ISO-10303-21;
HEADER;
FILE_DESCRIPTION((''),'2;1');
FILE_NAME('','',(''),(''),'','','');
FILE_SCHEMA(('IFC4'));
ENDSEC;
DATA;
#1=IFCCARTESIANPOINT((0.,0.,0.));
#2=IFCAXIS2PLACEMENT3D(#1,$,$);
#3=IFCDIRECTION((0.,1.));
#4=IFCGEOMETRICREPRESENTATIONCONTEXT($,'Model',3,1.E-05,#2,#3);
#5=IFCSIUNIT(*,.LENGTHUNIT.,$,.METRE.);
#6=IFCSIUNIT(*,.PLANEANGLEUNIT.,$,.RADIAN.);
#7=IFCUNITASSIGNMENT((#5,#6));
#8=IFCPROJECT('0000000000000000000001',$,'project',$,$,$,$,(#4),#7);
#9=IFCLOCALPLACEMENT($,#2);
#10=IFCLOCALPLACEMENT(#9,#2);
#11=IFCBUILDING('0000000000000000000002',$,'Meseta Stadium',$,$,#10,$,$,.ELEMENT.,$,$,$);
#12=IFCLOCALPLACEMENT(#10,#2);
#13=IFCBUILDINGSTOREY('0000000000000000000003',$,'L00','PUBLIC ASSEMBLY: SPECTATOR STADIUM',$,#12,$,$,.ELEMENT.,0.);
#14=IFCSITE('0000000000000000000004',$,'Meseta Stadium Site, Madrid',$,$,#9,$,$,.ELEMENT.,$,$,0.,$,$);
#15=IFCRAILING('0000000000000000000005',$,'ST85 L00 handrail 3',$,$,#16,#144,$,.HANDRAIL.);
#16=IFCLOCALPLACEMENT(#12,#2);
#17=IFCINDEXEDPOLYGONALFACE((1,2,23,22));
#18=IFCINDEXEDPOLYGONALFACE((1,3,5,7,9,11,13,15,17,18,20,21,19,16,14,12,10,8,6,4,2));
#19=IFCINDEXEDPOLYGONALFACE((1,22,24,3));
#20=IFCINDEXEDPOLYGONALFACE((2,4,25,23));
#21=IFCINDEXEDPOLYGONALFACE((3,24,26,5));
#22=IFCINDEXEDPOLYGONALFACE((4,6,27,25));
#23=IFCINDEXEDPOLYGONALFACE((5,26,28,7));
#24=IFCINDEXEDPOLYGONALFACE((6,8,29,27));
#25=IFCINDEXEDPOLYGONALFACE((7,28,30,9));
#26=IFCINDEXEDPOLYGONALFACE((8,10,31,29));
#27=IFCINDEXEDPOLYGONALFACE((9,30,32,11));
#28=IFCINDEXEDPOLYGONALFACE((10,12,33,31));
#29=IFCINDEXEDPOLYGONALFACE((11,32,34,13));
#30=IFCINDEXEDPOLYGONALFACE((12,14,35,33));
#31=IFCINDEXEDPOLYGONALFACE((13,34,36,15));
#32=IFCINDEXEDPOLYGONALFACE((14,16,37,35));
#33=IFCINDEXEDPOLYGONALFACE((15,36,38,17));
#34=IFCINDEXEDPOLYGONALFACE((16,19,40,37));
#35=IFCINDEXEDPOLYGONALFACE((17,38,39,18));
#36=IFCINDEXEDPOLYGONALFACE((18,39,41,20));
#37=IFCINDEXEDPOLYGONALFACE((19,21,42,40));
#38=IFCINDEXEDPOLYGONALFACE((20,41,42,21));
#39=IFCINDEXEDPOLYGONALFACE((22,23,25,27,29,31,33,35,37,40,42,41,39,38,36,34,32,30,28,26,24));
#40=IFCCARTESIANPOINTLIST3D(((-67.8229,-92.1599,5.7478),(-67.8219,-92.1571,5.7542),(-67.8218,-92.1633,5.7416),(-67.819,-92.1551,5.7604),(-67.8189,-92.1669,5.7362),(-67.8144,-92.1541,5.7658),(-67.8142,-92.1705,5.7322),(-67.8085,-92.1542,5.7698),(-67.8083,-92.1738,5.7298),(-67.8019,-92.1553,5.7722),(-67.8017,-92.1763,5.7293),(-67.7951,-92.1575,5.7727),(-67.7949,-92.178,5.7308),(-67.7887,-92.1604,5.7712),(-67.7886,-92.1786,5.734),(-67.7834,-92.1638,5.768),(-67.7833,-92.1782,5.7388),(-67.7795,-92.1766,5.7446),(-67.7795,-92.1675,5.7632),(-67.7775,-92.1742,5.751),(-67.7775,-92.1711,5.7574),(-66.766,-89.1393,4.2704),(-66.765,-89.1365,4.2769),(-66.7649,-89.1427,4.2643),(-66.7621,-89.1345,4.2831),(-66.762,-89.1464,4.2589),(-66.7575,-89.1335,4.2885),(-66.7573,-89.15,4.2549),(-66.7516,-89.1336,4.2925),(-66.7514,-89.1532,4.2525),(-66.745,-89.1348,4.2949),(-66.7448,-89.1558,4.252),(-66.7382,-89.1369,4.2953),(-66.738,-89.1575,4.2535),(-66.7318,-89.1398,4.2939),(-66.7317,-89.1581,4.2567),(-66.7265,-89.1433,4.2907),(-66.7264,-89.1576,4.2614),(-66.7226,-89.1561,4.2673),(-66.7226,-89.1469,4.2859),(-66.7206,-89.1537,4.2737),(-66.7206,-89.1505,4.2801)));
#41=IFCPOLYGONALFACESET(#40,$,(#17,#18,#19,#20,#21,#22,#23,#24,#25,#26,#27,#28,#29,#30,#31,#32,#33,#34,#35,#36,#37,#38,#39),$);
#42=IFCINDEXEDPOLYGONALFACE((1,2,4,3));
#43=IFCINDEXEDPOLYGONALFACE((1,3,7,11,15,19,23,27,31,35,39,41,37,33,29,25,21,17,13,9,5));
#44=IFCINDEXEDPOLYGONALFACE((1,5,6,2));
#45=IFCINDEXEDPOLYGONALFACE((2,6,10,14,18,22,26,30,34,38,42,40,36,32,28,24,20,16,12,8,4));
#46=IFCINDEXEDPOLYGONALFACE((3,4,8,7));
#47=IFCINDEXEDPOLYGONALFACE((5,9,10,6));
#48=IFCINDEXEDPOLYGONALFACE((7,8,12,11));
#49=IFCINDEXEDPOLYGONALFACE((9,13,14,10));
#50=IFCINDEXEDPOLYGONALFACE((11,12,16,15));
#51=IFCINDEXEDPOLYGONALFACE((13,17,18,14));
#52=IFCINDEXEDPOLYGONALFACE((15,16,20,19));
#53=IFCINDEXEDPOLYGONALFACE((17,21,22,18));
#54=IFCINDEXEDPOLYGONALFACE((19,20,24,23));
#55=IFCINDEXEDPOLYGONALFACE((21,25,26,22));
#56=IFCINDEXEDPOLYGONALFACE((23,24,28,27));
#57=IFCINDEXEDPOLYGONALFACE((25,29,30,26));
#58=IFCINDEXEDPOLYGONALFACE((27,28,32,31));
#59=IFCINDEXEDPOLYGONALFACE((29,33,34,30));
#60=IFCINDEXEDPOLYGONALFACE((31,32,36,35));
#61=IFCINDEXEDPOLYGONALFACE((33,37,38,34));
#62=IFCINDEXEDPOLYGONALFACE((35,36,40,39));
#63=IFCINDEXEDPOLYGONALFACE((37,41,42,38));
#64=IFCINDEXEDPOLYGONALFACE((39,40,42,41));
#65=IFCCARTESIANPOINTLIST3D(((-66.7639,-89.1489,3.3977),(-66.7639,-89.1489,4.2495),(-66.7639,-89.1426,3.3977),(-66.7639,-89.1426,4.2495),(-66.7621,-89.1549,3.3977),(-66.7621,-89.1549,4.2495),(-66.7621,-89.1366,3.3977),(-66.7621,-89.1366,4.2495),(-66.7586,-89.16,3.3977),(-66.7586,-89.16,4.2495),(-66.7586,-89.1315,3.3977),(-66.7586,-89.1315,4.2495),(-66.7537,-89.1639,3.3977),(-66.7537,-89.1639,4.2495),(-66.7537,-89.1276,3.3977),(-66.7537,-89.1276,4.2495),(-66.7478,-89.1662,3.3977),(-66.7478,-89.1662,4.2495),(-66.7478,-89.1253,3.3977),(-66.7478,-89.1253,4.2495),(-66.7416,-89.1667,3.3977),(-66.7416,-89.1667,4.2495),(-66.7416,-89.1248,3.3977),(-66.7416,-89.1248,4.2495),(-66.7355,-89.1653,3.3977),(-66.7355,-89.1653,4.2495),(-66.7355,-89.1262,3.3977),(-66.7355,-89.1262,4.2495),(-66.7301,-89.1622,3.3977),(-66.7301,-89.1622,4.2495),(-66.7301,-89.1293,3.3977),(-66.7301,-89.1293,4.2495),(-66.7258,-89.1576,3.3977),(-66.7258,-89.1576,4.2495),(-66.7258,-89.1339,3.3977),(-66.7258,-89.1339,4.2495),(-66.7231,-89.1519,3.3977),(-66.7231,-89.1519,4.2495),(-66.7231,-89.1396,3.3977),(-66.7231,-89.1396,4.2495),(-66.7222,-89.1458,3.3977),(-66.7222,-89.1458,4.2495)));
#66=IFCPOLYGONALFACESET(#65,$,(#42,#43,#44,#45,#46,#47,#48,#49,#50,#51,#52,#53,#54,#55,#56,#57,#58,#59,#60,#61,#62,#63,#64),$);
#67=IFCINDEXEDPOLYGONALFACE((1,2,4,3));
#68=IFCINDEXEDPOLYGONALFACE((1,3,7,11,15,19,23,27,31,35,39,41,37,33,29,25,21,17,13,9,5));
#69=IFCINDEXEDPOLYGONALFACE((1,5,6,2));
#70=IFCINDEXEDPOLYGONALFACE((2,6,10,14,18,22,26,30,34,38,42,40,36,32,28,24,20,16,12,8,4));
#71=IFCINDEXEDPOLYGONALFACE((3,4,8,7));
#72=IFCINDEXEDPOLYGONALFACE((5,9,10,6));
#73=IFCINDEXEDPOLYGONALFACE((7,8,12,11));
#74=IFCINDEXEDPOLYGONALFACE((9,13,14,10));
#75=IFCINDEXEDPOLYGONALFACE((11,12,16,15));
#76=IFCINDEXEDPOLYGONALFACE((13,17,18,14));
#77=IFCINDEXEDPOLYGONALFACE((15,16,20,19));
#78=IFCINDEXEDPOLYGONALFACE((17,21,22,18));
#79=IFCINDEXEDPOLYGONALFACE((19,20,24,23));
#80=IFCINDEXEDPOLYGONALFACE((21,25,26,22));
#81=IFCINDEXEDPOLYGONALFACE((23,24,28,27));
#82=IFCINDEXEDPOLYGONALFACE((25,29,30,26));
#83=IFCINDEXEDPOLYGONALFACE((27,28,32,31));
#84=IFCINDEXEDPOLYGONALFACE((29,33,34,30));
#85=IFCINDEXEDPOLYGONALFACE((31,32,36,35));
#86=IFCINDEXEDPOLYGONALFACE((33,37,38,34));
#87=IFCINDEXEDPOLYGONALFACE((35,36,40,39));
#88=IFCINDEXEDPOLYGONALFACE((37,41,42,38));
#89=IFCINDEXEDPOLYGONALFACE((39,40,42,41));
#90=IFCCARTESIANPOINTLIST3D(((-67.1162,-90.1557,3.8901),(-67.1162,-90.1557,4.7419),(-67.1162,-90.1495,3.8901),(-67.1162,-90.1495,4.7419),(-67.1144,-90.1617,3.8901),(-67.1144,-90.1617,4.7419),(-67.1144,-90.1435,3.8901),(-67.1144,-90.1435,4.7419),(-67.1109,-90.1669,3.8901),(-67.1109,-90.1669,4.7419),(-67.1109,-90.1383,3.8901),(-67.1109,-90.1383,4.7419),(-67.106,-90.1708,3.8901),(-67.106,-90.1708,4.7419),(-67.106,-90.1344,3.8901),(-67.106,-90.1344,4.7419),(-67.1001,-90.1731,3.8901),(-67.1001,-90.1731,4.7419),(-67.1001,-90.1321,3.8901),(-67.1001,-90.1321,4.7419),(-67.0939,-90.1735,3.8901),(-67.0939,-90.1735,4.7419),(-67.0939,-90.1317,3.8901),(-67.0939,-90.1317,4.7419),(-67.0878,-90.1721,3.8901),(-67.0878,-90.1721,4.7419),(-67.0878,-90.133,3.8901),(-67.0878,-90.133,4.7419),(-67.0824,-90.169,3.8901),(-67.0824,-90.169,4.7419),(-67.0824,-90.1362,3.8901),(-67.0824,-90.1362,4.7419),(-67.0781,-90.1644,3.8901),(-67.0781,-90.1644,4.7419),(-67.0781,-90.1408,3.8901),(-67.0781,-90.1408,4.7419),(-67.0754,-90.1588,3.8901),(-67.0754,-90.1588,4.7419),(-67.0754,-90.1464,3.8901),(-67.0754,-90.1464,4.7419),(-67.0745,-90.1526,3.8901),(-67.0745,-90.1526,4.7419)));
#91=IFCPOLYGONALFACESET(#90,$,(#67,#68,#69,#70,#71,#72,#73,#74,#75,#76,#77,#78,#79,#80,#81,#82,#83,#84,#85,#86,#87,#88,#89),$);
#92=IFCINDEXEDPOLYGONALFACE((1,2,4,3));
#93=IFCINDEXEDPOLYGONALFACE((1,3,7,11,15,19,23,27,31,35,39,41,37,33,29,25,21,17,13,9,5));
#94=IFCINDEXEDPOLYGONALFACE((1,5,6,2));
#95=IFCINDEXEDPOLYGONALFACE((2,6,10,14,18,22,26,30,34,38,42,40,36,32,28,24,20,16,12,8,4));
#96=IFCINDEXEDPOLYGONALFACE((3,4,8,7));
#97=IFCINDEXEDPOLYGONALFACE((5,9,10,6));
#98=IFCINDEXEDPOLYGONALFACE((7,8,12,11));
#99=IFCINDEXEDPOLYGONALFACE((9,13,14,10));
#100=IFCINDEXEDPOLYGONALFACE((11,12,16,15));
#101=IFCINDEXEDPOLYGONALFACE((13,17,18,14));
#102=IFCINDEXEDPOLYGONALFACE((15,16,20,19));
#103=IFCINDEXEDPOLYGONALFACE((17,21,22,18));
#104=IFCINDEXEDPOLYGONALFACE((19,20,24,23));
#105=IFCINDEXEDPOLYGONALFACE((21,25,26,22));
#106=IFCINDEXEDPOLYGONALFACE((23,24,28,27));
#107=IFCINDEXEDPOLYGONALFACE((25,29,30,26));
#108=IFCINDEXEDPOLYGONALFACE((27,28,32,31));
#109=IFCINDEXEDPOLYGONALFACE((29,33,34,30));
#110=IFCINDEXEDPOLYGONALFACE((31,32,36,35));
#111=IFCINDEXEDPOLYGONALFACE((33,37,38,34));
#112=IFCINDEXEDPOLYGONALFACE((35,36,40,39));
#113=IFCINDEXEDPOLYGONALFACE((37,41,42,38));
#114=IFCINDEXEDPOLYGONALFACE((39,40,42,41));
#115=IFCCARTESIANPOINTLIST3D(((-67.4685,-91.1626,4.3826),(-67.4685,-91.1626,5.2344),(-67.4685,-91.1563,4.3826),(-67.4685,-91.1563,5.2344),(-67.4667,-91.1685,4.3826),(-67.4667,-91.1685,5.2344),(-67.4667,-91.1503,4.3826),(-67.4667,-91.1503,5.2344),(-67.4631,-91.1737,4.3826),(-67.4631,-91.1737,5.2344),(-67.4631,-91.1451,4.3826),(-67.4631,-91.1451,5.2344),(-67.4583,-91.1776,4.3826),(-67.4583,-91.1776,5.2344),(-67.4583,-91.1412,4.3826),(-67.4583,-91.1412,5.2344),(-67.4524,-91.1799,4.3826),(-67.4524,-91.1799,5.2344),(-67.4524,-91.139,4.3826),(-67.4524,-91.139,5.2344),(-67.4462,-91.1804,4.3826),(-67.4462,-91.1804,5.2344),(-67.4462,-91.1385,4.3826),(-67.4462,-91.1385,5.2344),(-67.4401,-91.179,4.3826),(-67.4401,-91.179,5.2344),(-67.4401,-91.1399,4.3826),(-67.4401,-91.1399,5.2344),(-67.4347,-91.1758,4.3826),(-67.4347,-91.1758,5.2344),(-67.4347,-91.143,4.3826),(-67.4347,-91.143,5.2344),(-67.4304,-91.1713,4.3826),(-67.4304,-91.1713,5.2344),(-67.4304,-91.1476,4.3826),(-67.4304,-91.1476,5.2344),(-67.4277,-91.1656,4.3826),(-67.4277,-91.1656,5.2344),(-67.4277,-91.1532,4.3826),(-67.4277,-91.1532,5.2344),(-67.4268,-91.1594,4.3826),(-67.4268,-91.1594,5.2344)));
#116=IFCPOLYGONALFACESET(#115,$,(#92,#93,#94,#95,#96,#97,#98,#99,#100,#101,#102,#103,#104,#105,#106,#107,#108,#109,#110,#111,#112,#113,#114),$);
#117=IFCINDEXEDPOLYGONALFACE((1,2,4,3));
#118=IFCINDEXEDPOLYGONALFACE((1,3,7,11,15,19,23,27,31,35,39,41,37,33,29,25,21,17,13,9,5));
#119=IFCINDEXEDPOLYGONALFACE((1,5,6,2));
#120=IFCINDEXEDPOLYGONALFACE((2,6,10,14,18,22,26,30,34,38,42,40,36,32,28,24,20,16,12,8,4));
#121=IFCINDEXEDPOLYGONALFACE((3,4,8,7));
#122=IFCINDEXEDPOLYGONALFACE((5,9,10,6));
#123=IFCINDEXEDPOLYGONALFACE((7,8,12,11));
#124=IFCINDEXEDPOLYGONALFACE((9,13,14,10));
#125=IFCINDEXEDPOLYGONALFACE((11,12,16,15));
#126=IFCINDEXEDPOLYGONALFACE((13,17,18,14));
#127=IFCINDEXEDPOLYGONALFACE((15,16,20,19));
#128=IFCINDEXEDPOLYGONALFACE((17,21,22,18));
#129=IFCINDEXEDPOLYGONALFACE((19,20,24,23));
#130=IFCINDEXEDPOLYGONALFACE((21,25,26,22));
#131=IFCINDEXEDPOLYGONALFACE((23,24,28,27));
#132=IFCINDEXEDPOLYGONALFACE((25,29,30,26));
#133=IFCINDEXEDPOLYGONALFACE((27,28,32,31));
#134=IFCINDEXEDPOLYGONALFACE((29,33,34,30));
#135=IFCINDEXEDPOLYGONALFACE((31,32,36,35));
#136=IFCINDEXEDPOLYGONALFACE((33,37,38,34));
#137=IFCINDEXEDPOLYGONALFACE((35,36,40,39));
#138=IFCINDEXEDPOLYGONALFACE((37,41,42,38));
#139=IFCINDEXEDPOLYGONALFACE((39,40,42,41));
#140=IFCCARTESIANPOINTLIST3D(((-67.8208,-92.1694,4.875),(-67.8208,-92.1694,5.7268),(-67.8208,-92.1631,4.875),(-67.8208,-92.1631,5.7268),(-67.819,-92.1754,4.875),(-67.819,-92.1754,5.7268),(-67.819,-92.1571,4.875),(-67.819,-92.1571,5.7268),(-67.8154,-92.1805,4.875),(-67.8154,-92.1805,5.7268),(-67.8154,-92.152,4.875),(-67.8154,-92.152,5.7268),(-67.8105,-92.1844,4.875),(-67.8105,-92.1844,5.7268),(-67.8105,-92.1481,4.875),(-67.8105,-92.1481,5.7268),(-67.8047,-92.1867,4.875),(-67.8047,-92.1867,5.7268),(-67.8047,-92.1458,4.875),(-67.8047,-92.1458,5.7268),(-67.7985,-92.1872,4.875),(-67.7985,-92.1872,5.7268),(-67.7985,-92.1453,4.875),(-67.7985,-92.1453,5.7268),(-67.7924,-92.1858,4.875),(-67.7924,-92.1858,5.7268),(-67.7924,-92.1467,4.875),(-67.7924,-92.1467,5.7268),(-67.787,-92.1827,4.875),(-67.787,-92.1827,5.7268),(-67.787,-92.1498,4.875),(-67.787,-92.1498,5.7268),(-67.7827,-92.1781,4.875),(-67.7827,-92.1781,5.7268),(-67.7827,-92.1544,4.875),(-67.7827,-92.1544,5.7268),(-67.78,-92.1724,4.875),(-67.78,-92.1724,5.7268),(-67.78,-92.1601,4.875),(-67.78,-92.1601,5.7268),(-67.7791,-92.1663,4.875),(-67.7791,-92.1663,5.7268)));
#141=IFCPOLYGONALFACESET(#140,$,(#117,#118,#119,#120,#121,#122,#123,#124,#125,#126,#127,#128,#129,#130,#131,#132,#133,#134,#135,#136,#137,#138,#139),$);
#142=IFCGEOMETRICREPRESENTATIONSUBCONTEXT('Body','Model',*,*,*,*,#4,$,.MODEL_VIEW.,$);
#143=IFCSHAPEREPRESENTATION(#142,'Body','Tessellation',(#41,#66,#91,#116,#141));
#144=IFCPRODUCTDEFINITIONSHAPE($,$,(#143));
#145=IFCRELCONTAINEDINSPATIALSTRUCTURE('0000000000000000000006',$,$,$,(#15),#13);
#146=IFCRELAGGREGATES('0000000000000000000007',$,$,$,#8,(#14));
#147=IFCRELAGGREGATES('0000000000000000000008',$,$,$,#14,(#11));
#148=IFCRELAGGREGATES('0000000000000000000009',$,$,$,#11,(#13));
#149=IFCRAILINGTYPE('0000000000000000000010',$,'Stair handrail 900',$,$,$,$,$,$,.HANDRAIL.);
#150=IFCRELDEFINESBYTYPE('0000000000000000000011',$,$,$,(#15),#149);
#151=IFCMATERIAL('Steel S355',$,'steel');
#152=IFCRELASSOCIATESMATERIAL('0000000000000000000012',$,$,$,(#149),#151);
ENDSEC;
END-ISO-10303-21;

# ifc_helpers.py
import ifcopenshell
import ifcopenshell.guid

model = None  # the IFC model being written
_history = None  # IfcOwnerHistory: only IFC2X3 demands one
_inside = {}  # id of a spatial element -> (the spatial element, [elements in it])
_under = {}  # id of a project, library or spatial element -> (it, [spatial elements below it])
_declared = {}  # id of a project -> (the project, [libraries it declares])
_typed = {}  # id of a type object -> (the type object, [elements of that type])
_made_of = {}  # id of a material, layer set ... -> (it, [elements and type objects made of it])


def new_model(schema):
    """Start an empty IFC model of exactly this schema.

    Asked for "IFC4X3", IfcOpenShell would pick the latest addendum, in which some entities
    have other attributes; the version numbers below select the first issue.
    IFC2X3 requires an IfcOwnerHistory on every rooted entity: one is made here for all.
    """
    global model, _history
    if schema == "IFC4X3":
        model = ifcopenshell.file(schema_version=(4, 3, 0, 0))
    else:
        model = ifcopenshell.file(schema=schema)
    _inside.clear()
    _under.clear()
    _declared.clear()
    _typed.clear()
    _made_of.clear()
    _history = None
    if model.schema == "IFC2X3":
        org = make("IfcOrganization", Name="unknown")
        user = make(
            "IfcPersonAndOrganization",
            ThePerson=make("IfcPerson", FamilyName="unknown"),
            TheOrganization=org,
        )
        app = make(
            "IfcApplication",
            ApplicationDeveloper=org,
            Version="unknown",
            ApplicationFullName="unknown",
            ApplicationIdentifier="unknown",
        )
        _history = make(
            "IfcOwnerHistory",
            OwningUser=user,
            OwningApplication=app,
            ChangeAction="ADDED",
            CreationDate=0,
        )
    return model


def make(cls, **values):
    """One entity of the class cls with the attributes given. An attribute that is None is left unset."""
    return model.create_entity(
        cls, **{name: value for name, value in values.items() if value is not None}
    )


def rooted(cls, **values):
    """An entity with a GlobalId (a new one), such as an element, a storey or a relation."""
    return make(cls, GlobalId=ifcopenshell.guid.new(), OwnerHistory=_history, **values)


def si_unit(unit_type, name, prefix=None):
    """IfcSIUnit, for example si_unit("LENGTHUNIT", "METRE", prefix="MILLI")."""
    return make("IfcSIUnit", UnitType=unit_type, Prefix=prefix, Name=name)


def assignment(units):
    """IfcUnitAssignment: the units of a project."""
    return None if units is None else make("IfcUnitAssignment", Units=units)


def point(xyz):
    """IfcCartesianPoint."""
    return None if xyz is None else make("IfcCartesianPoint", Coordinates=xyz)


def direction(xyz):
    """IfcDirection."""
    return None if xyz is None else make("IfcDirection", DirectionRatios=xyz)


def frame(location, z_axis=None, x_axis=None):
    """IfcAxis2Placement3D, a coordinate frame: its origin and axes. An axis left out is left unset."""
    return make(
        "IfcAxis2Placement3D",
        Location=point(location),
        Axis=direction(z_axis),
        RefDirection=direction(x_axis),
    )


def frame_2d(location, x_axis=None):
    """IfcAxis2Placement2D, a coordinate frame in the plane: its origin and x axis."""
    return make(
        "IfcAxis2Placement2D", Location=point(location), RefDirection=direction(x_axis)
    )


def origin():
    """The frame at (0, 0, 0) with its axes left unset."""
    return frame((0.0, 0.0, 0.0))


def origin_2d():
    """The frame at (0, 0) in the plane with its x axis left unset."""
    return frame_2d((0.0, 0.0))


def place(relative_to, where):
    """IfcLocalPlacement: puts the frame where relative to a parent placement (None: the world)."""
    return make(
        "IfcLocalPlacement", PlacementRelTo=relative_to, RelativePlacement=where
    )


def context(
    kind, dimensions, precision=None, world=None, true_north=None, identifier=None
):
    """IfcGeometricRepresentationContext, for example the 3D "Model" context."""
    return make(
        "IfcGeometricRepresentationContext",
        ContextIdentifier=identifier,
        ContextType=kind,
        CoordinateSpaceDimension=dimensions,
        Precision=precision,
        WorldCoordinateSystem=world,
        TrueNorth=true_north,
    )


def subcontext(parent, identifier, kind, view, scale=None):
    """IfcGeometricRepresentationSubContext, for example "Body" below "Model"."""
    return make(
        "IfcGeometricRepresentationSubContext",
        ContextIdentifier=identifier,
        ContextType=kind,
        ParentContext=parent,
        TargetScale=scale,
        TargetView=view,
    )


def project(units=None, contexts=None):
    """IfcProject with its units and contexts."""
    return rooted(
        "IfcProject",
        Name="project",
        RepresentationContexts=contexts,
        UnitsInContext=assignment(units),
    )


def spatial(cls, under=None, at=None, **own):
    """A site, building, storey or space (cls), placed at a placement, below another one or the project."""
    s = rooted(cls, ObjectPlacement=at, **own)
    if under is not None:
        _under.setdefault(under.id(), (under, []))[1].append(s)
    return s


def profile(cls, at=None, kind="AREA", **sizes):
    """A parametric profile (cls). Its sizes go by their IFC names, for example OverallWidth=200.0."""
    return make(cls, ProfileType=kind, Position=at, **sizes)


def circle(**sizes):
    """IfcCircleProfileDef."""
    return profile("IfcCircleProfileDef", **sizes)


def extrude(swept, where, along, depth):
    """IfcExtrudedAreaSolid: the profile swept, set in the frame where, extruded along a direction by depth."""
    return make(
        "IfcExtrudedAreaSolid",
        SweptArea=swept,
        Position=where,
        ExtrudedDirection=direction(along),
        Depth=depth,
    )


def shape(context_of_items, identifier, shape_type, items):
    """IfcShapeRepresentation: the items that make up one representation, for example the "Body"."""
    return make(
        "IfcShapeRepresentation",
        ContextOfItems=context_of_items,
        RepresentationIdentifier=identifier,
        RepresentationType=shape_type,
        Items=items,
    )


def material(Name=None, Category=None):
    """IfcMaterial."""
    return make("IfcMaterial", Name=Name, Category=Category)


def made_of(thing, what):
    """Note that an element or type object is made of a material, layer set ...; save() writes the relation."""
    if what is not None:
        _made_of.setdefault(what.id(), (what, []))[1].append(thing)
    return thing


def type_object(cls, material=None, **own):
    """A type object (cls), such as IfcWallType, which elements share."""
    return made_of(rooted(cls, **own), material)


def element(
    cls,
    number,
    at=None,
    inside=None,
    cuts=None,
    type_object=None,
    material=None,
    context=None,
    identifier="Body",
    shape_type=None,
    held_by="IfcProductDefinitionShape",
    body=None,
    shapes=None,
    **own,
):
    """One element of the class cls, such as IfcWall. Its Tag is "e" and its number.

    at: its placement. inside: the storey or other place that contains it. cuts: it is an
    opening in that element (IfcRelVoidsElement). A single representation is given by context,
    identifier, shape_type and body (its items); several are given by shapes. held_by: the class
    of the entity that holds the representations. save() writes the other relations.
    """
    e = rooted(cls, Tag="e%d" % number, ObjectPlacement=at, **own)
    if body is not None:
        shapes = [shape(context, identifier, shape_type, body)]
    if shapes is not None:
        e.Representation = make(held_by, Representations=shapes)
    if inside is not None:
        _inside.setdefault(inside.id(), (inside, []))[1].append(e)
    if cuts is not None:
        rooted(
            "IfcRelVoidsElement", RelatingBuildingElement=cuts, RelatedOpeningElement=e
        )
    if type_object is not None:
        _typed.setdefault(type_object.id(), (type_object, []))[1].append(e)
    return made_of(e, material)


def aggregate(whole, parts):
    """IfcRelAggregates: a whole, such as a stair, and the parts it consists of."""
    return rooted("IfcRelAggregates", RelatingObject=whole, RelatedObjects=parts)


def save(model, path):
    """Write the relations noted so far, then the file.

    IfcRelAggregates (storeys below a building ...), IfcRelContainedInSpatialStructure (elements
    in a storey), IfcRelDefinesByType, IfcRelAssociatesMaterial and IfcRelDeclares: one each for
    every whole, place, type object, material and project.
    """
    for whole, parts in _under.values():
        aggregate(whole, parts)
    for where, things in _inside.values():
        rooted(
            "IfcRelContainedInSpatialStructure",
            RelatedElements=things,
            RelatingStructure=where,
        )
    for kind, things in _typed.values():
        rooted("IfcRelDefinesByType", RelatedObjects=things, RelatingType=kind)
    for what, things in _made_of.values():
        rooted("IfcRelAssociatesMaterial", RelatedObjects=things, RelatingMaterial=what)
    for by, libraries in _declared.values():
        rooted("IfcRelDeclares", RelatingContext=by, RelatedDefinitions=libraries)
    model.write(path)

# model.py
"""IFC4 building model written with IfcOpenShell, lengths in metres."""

from ifc_helpers import new_model, si_unit, direction, frame, origin, origin_2d, place, context, subcontext, project, spatial, circle, extrude, material, type_object, element, save


model = new_model("IFC4")

# Units and contexts
model_context = context("Model", 3, precision=1e-05, world=origin(), true_north=direction((0.0, 1.0)))
body_context = subcontext(model_context, "Body", "Model", "MODEL_VIEW")
ifc_project = project(units=[si_unit("LENGTHUNIT", "METRE"), si_unit("PLANEANGLEUNIT", "RADIAN")], contexts=[model_context])

# Site, building, storey
site_placement = place(None, origin())
site = spatial("IfcSite", under=ifc_project, at=site_placement, Name="Meseta Stadium Site, Madrid", CompositionType="ELEMENT", RefElevation=0.0)
building_placement = place(site_placement, origin())
building = spatial("IfcBuilding", under=site, at=building_placement, Name="Meseta Stadium", CompositionType="ELEMENT")
storey_placement = place(building_placement, origin())
storey = spatial("IfcBuildingStorey", under=building, at=storey_placement, Name="L00", Description="PUBLIC ASSEMBLY: SPECTATOR STADIUM", CompositionType="ELEMENT", Elevation=0.0)

# Railing
ifc_material_1 = material(Name="Steel S355", Category="steel")
railing_type_1 = type_object("IfcRailingType", Name="Stair handrail 900", PredefinedType="HANDRAIL", material=ifc_material_1)
for number, where, name in (
    (1, (-66.7432, -89.1458, 3.3977), "ST85 L00 handrail 3"),
):
    element("IfcRailing", number, at=place(storey_placement, frame(where)), inside=storey, type_object=railing_type_1, Name=name, PredefinedType="HANDRAIL", context=body_context, shape_type="SweptSolid", body=[
        extrude(circle(Radius=0.0239, at=origin_2d()), frame((0.0, 0.0, 0.876), z_axis=(-0.299859, -0.856977, 0.419137), x_axis=(0.943887, -0.330269, 0.0)), (0.0, 0.0, 1.0), 3.5247),
        extrude(circle(Radius=0.021, at=origin_2d()), origin(), (0.0, 0.0, 1.0), 0.8518),
        extrude(circle(Radius=0.021, at=origin_2d()), frame((-0.3523, -1.0068, 0.4924)), (0.0, 0.0, 1.0), 0.8518),
        extrude(circle(Radius=0.021, at=origin_2d()), frame((-0.7046, -2.0137, 0.9849)), (0.0, 0.0, 1.0), 0.8518),
        extrude(circle(Radius=0.021, at=origin_2d()), frame((-1.0569, -3.0205, 1.4773)), (0.0, 0.0, 1.0), 0.8518),
    ])

save(model, "model.ifc")
